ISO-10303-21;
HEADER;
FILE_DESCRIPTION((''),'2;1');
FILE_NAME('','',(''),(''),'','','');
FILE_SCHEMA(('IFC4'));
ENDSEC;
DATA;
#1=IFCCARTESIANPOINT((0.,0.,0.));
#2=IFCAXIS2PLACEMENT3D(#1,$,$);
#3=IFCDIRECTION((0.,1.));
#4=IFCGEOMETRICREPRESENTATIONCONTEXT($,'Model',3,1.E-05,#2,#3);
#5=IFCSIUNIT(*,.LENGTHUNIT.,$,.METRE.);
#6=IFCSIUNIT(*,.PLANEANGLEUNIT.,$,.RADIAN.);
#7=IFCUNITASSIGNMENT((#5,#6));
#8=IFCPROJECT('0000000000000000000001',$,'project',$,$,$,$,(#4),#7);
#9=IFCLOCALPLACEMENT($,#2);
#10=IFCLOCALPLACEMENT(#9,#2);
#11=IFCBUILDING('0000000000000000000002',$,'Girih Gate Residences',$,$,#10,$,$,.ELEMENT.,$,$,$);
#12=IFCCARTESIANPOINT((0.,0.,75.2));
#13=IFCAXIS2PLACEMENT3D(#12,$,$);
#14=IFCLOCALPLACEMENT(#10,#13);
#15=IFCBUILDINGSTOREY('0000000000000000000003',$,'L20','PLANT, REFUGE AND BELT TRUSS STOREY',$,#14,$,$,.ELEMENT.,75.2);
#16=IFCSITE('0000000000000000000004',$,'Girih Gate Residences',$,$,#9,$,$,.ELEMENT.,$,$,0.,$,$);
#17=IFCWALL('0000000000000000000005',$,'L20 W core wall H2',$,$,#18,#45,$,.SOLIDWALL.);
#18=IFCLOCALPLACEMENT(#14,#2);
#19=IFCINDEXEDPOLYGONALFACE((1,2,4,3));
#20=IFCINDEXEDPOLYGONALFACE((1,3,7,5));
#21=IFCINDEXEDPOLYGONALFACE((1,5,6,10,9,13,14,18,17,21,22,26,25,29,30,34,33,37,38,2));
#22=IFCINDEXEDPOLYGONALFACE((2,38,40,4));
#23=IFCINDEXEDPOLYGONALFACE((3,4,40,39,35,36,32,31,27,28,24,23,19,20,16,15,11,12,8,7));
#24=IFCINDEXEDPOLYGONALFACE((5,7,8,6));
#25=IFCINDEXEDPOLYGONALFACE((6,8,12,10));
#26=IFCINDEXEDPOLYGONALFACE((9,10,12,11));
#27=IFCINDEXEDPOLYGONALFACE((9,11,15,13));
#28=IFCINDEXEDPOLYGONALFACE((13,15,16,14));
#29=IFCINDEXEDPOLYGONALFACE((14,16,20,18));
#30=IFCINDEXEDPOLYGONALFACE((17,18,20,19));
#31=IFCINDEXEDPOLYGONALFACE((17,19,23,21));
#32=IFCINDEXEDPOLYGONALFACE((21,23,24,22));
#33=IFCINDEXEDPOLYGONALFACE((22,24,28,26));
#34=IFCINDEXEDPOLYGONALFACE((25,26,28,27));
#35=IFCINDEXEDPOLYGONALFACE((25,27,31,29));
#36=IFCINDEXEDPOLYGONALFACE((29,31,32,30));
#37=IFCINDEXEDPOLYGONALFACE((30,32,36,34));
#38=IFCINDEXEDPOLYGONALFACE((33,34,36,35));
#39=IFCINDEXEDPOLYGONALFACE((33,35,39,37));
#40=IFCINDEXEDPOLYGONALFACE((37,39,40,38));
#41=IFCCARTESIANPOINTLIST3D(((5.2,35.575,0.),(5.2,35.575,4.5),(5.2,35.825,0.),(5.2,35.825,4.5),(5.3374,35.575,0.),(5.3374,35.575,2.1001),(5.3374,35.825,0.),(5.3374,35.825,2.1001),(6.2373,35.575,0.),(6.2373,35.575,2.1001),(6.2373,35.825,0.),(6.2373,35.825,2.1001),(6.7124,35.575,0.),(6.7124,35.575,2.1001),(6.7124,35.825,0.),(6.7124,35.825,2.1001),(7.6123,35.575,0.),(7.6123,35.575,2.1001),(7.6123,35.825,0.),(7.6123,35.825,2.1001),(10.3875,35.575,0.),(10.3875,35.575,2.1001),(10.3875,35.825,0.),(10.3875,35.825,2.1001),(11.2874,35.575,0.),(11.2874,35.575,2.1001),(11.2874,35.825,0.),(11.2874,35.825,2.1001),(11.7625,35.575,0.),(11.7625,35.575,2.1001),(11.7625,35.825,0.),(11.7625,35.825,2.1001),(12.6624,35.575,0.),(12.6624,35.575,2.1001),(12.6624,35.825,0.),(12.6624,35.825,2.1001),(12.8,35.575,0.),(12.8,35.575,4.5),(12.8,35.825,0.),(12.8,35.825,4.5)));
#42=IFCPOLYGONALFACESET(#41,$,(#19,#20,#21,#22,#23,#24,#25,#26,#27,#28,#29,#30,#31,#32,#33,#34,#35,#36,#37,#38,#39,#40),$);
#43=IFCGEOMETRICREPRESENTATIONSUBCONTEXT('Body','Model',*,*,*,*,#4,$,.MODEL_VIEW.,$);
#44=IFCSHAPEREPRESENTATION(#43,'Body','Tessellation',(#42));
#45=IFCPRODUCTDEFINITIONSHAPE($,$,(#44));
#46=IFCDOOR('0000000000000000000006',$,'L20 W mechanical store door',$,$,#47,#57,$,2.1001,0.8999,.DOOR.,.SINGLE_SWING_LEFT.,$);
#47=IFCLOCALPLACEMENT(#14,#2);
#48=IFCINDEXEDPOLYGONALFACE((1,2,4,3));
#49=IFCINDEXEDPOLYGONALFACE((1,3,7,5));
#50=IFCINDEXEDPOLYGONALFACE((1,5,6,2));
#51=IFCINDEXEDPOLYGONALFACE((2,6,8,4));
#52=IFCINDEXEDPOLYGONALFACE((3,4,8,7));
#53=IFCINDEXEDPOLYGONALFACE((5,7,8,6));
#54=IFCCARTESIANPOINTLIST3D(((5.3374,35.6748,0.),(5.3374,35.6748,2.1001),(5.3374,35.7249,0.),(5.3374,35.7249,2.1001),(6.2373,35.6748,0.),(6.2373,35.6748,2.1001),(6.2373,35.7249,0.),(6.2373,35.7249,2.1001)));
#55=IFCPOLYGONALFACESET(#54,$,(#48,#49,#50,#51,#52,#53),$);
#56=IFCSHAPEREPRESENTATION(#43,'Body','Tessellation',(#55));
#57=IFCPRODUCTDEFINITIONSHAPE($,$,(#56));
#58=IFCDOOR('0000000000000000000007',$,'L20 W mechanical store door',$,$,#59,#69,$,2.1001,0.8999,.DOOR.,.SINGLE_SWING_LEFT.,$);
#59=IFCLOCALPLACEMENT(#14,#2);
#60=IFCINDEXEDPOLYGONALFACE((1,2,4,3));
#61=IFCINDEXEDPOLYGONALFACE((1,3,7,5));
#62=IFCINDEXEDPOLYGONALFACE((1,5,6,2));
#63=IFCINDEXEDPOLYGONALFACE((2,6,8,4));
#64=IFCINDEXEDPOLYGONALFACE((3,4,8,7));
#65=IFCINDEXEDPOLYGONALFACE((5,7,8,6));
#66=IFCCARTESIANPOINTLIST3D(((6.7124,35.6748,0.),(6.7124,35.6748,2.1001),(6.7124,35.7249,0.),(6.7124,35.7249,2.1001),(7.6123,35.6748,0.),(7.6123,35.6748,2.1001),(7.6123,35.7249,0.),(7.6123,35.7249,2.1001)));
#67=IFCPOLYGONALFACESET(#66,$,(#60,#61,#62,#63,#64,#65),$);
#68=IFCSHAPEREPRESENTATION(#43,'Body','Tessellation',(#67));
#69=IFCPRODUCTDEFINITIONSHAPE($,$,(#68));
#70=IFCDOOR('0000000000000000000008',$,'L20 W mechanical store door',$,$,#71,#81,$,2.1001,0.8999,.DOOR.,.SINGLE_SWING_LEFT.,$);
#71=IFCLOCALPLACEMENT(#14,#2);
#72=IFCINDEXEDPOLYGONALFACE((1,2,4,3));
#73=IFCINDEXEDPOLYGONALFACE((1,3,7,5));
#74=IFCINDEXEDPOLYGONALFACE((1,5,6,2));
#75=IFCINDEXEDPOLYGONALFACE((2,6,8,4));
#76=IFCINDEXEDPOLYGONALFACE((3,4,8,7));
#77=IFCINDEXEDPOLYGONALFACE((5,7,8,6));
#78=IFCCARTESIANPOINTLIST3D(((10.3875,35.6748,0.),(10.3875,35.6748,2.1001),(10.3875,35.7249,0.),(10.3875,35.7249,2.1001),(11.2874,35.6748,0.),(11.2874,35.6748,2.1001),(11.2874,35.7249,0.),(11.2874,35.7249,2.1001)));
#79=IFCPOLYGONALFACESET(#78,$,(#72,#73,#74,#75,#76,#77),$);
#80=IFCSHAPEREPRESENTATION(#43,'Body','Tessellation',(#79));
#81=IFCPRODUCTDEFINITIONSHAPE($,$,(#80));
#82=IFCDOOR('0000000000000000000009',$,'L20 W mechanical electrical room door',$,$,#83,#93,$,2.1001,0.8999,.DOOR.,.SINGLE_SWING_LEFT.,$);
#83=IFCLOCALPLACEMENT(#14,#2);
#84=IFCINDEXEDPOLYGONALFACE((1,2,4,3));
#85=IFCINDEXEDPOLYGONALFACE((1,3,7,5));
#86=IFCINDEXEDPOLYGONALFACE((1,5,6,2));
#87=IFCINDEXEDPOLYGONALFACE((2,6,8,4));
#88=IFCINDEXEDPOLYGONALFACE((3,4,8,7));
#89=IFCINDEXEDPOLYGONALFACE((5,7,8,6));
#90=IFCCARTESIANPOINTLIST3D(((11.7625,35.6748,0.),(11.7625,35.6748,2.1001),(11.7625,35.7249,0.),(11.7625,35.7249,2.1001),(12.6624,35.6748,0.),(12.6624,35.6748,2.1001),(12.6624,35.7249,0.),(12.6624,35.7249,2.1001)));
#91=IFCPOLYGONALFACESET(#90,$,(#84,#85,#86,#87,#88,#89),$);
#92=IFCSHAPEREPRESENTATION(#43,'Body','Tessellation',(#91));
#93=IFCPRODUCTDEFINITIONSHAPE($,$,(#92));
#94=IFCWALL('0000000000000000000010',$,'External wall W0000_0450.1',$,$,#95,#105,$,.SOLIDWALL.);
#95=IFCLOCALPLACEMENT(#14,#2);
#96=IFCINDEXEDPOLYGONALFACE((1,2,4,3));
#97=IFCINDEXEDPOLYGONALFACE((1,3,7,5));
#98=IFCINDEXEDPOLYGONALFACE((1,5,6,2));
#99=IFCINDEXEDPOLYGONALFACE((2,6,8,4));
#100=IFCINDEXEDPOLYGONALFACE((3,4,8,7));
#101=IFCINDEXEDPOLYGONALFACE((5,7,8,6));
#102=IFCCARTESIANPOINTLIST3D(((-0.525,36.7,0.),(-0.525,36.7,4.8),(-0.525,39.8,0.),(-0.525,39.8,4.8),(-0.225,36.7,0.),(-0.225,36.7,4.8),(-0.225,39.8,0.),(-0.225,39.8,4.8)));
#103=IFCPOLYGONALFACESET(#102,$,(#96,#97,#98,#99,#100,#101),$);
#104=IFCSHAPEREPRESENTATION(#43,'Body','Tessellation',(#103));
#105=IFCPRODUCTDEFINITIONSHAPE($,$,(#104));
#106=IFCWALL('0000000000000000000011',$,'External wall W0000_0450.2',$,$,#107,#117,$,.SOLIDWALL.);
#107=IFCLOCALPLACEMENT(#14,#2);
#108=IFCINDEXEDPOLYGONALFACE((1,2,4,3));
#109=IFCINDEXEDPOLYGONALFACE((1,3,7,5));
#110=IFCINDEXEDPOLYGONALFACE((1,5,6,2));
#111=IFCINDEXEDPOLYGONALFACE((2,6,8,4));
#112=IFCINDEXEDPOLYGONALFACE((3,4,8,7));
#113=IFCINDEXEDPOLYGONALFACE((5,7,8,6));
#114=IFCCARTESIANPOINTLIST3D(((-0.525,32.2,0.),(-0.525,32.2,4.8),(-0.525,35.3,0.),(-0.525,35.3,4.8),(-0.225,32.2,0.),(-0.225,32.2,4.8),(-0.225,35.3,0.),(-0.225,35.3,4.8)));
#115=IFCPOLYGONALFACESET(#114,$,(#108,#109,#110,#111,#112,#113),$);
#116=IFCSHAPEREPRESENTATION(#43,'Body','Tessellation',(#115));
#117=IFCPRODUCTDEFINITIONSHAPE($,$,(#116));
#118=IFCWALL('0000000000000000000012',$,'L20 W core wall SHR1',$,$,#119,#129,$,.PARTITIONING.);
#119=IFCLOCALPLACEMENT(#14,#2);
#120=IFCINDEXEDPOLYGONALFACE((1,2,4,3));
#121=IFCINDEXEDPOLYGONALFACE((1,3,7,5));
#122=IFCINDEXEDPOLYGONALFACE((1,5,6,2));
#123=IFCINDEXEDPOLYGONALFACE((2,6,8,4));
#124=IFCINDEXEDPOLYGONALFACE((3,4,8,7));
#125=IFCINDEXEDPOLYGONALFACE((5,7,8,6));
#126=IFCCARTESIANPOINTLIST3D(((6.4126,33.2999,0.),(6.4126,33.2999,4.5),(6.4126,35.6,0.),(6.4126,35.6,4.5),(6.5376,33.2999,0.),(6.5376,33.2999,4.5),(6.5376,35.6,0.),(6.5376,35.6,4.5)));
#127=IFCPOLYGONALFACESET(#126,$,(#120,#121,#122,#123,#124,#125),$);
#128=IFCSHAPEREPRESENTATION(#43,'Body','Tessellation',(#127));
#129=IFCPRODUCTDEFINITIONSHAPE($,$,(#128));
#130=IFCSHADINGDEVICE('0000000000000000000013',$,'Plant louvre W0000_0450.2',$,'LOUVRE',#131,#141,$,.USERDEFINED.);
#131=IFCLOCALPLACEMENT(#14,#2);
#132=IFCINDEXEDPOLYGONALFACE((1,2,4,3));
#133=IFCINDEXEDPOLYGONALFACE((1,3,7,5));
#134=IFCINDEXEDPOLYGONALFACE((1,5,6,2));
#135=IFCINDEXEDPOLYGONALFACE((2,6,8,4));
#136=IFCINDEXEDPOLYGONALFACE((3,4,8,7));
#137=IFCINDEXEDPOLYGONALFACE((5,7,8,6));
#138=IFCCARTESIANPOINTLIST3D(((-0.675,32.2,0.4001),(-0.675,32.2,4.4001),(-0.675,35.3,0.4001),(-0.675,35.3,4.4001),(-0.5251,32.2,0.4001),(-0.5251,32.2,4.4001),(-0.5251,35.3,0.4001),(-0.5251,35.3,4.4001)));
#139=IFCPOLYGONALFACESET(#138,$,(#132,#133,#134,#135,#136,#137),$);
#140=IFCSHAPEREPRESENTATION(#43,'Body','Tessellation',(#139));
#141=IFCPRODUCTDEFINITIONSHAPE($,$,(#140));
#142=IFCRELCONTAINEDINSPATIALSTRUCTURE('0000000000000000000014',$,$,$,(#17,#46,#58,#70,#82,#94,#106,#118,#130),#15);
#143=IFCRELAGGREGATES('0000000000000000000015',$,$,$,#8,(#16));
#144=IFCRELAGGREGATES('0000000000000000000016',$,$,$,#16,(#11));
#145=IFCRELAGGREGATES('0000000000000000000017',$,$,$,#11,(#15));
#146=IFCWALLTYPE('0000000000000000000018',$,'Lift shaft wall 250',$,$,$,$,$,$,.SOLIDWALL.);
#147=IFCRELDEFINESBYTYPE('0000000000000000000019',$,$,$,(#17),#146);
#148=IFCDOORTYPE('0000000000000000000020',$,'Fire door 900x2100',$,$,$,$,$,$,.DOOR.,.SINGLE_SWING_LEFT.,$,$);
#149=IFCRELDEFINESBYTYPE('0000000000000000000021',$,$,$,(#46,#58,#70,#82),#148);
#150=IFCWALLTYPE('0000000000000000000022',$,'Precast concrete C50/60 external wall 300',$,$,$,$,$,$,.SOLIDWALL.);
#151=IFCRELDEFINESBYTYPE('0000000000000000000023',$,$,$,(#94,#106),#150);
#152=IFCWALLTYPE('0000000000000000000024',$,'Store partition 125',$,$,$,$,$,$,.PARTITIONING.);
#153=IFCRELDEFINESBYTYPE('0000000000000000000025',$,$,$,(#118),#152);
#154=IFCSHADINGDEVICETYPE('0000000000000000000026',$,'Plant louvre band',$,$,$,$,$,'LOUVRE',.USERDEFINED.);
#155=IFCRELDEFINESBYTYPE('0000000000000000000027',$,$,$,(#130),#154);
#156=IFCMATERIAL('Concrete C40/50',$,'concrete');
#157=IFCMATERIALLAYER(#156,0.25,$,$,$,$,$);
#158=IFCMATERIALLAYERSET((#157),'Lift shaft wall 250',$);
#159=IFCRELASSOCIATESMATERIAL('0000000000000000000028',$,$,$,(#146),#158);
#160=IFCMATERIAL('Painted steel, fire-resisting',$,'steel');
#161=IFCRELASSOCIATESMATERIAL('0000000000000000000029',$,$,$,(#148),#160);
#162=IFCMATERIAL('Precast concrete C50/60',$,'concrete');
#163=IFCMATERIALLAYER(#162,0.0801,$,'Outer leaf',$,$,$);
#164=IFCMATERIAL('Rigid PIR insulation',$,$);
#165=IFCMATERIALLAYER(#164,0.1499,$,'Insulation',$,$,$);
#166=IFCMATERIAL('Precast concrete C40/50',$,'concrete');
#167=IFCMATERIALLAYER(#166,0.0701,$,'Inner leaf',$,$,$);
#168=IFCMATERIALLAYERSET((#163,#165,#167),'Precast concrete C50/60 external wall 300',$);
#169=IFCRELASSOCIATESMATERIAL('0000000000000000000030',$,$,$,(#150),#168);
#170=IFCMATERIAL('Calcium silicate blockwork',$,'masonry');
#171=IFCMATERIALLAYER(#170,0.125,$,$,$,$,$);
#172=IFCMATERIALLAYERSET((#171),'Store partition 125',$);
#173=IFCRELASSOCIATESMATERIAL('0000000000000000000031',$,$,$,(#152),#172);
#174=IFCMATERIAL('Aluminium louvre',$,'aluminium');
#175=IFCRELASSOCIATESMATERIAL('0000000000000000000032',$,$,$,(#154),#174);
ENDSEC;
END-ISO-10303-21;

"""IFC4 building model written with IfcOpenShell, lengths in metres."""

from ifc_helpers import new_model, si_unit, direction, frame, frame_2d, origin, origin_2d, place, context, subcontext, project, spatial, rectangle, extrude, material, layer, layer_set, type_object, element, fill, save


model = new_model("IFC4")

# Units and contexts
model_context = context("Model", 3, precision=1e-05, world=origin(), true_north=direction((0.0, 1.0)))
body_context = subcontext(model_context, "Body", "Model", "MODEL_VIEW")
ifc_project = project(units=[si_unit("LENGTHUNIT", "METRE"), si_unit("PLANEANGLEUNIT", "RADIAN")], contexts=[model_context])

# Site, building, storey
site_placement = place(None, origin())
site = spatial("IfcSite", under=ifc_project, at=site_placement, Name="Girih Gate Residences", CompositionType="ELEMENT", RefElevation=0.0)
building_placement = place(site_placement, origin())
building = spatial("IfcBuilding", under=site, at=building_placement, Name="Girih Gate Residences", CompositionType="ELEMENT")
storey_placement = place(building_placement, frame((0.0, 0.0, 75.2)))
storey = spatial("IfcBuildingStorey", under=building, at=storey_placement, Name="L20", Description="PLANT, REFUGE AND BELT TRUSS STOREY", CompositionType="ELEMENT", Elevation=75.2)

# Shared definitions
ifc_material_1 = material(Name="Concrete C40/50", Category="concrete")
ifc_layer_1 = layer(ifc_material_1, 0.25)
ifc_layer_set_1 = layer_set([ifc_layer_1], Name="Lift shaft wall 250")
wall_type_1 = type_object("IfcWallType", Name="Lift shaft wall 250", PredefinedType="SOLIDWALL", material=ifc_layer_set_1)

# Wall, openings, doors
wall_1_placement = place(storey_placement, frame((5.2, 35.7, 0.0), z_axis=(0.0, 0.0, 1.0), x_axis=(1.0, 0.0, 0.0)))
wall_1 = element("IfcWall", 1, at=wall_1_placement, inside=storey, type_object=wall_type_1, Name="L20 W core wall H2", PredefinedType="SOLIDWALL", context=body_context, shape_type="SweptSolid", body=[
    extrude(rectangle(XDim=7.6001, YDim=0.25, at=frame_2d((3.8, 0.0))), origin(), (0.0, 0.0, 1.0), 4.5),
])
opening_1_placement = place(wall_1_placement, frame((0.1375, 0.0, 0.0)))
opening_1 = element("IfcOpeningElement", 2, at=opening_1_placement, cuts=wall_1, PredefinedType="OPENING", context=body_context, shape_type="SweptSolid", body=[
    extrude(rectangle(XDim=0.8999, YDim=2.1001, at=frame_2d((0.45, 1.05))), frame((0.0, 0.135, 0.0), z_axis=(0.0, -1.0, 0.0), x_axis=(1.0, 0.0, 0.0)), (0.0, 0.0, 1.0), 0.27),
])
opening_2_placement = place(wall_1_placement, frame((1.5125, 0.0, 0.0)))
opening_2 = element("IfcOpeningElement", 3, at=opening_2_placement, cuts=wall_1, PredefinedType="OPENING", context=body_context, shape_type="SweptSolid", body=[
    extrude(rectangle(XDim=0.8999, YDim=2.1001, at=frame_2d((0.45, 1.05))), frame((0.0, 0.135, 0.0), z_axis=(0.0, -1.0, 0.0), x_axis=(1.0, 0.0, 0.0)), (0.0, 0.0, 1.0), 0.27),
])
opening_3_placement = place(wall_1_placement, frame((5.1875, 0.0, 0.0)))
opening_3 = element("IfcOpeningElement", 4, at=opening_3_placement, cuts=wall_1, PredefinedType="OPENING", context=body_context, shape_type="SweptSolid", body=[
    extrude(rectangle(XDim=0.8999, YDim=2.1001, at=frame_2d((0.45, 1.05))), frame((0.0, 0.135, 0.0), z_axis=(0.0, -1.0, 0.0), x_axis=(1.0, 0.0, 0.0)), (0.0, 0.0, 1.0), 0.27),
])
opening_4_placement = place(wall_1_placement, frame((6.5625, 0.0, 0.0)))
opening_4 = element("IfcOpeningElement", 5, at=opening_4_placement, cuts=wall_1, PredefinedType="OPENING", context=body_context, shape_type="SweptSolid", body=[
    extrude(rectangle(XDim=0.8999, YDim=2.1001, at=frame_2d((0.45, 1.05))), frame((0.0, 0.135, 0.0), z_axis=(0.0, -1.0, 0.0), x_axis=(1.0, 0.0, 0.0)), (0.0, 0.0, 1.0), 0.27),
])
ifc_material_2 = material(Name="Painted steel, fire-resisting", Category="steel")
door_type_1 = type_object("IfcDoorType", Name="Fire door 900x2100", OperationType="SINGLE_SWING_LEFT", PredefinedType="DOOR", material=ifc_material_2)
door_1_placement = place(opening_1_placement, origin())
door_1 = element("IfcDoor", 6, at=door_1_placement, inside=storey, type_object=door_type_1, Name="L20 W mechanical store door", OperationType="SINGLE_SWING_LEFT", OverallHeight=2.1001, OverallWidth=0.8999, PredefinedType="DOOR", context=body_context, shape_type="SweptSolid", body=[
    extrude(rectangle(XDim=0.8999, YDim=2.1001, at=frame_2d((0.45, 1.05))), frame((0.0, 0.0249, 0.0), z_axis=(0.0, -1.0, 0.0), x_axis=(1.0, 0.0, 0.0)), (0.0, 0.0, 1.0), 0.05),
])
fill(opening_1, door_1)
door_2_placement = place(opening_2_placement, origin())
door_2 = element("IfcDoor", 7, at=door_2_placement, inside=storey, type_object=door_type_1, Name="L20 W mechanical store door", OperationType="SINGLE_SWING_LEFT", OverallHeight=2.1001, OverallWidth=0.8999, PredefinedType="DOOR", context=body_context, shape_type="SweptSolid", body=[
    extrude(rectangle(XDim=0.8999, YDim=2.1001, at=frame_2d((0.45, 1.05))), frame((0.0, 0.0249, 0.0), z_axis=(0.0, -1.0, 0.0), x_axis=(1.0, 0.0, 0.0)), (0.0, 0.0, 1.0), 0.05),
])
fill(opening_2, door_2)
door_3_placement = place(opening_3_placement, origin())
door_3 = element("IfcDoor", 8, at=door_3_placement, inside=storey, type_object=door_type_1, Name="L20 W mechanical store door", OperationType="SINGLE_SWING_LEFT", OverallHeight=2.1001, OverallWidth=0.8999, PredefinedType="DOOR", context=body_context, shape_type="SweptSolid", body=[
    extrude(rectangle(XDim=0.8999, YDim=2.1001, at=frame_2d((0.45, 1.05))), frame((0.0, 0.0249, 0.0), z_axis=(0.0, -1.0, 0.0), x_axis=(1.0, 0.0, 0.0)), (0.0, 0.0, 1.0), 0.05),
])
fill(opening_3, door_3)
door_4_placement = place(opening_4_placement, origin())
door_4 = element("IfcDoor", 9, at=door_4_placement, inside=storey, type_object=door_type_1, Name="L20 W mechanical electrical room door", OperationType="SINGLE_SWING_LEFT", OverallHeight=2.1001, OverallWidth=0.8999, PredefinedType="DOOR", context=body_context, shape_type="SweptSolid", body=[
    extrude(rectangle(XDim=0.8999, YDim=2.1001, at=frame_2d((0.45, 1.05))), frame((0.0, 0.0249, 0.0), z_axis=(0.0, -1.0, 0.0), x_axis=(1.0, 0.0, 0.0)), (0.0, 0.0, 1.0), 0.05),
])
fill(opening_4, door_4)

# Walls
ifc_material_3 = material(Name="Precast concrete C50/60", Category="concrete")
ifc_layer_2 = layer(ifc_material_3, 0.0801, Name="Outer leaf")
ifc_material_4 = material(Name="Rigid PIR insulation")
ifc_layer_3 = layer(ifc_material_4, 0.1499, Name="Insulation")
ifc_material_5 = material(Name="Precast concrete C40/50", Category="concrete")
ifc_layer_4 = layer(ifc_material_5, 0.0701, Name="Inner leaf")
ifc_layer_set_2 = layer_set([ifc_layer_2, ifc_layer_3, ifc_layer_4], Name="Precast concrete C50/60 external wall 300")
wall_type_2 = type_object("IfcWallType", Name="Precast concrete C50/60 external wall 300", PredefinedType="SOLIDWALL", material=ifc_layer_set_2)
for number, where, z_axis, x_axis, name in (
    (10, (-0.375, 36.7, 0.0), (0.0, 0.0, 1.0), (0.0, 1.0, 0.0), "External wall W0000_0450.1"),
    (11, (-0.375, 32.2, 0.0), (0.0, 0.0, 1.0), (0.0, 1.0, 0.0), "External wall W0000_0450.2"),
):
    element("IfcWall", number, at=place(storey_placement, frame(where, z_axis=z_axis, x_axis=x_axis)), inside=storey, type_object=wall_type_2, Name=name, PredefinedType="SOLIDWALL", context=body_context, shape_type="SweptSolid", body=[
        extrude(rectangle(XDim=3.1001, YDim=0.3, at=frame_2d((1.55, 0.0))), origin(), (0.0, 0.0, 1.0), 4.8),
    ])
ifc_material_6 = material(Name="Calcium silicate blockwork", Category="masonry")
ifc_layer_5 = layer(ifc_material_6, 0.125)
ifc_layer_set_3 = layer_set([ifc_layer_5], Name="Store partition 125")
wall_type_3 = type_object("IfcWallType", Name="Store partition 125", PredefinedType="PARTITIONING", material=ifc_layer_set_3)
wall_2_placement = place(storey_placement, frame((6.4751, 33.3, 0.0), z_axis=(0.0, 0.0, 1.0), x_axis=(0.0, 1.0, 0.0)))
element("IfcWall", 12, at=wall_2_placement, inside=storey, type_object=wall_type_3, Name="L20 W core wall SHR1", PredefinedType="PARTITIONING", context=body_context, shape_type="SweptSolid", body=[
    extrude(rectangle(XDim=2.3, YDim=0.125, at=frame_2d((1.1499, 0.0))), origin(), (0.0, 0.0, 1.0), 4.5),
])

# Shading device
ifc_material_7 = material(Name="Aluminium louvre", Category="aluminium")
shading_device_type = type_object("IfcShadingDeviceType", Name="Plant louvre band", ElementType="LOUVRE", PredefinedType="USERDEFINED", material=ifc_material_7)
shading_device_placement = place(storey_placement, frame((-0.6001, 33.75, 0.4001), z_axis=(0.0, 0.0, 1.0), x_axis=(0.0, -1.0, 0.0)))
element("IfcShadingDevice", 13, at=shading_device_placement, inside=storey, type_object=shading_device_type, Name="Plant louvre W0000_0450.2", ObjectType="LOUVRE", PredefinedType="USERDEFINED", context=body_context, shape_type="SweptSolid", body=[
    extrude(rectangle(XDim=3.1001, YDim=0.1499, at=origin_2d()), origin(), (0.0, 0.0, 1.0), 4.0),
])

save(model, "model.ifc")
